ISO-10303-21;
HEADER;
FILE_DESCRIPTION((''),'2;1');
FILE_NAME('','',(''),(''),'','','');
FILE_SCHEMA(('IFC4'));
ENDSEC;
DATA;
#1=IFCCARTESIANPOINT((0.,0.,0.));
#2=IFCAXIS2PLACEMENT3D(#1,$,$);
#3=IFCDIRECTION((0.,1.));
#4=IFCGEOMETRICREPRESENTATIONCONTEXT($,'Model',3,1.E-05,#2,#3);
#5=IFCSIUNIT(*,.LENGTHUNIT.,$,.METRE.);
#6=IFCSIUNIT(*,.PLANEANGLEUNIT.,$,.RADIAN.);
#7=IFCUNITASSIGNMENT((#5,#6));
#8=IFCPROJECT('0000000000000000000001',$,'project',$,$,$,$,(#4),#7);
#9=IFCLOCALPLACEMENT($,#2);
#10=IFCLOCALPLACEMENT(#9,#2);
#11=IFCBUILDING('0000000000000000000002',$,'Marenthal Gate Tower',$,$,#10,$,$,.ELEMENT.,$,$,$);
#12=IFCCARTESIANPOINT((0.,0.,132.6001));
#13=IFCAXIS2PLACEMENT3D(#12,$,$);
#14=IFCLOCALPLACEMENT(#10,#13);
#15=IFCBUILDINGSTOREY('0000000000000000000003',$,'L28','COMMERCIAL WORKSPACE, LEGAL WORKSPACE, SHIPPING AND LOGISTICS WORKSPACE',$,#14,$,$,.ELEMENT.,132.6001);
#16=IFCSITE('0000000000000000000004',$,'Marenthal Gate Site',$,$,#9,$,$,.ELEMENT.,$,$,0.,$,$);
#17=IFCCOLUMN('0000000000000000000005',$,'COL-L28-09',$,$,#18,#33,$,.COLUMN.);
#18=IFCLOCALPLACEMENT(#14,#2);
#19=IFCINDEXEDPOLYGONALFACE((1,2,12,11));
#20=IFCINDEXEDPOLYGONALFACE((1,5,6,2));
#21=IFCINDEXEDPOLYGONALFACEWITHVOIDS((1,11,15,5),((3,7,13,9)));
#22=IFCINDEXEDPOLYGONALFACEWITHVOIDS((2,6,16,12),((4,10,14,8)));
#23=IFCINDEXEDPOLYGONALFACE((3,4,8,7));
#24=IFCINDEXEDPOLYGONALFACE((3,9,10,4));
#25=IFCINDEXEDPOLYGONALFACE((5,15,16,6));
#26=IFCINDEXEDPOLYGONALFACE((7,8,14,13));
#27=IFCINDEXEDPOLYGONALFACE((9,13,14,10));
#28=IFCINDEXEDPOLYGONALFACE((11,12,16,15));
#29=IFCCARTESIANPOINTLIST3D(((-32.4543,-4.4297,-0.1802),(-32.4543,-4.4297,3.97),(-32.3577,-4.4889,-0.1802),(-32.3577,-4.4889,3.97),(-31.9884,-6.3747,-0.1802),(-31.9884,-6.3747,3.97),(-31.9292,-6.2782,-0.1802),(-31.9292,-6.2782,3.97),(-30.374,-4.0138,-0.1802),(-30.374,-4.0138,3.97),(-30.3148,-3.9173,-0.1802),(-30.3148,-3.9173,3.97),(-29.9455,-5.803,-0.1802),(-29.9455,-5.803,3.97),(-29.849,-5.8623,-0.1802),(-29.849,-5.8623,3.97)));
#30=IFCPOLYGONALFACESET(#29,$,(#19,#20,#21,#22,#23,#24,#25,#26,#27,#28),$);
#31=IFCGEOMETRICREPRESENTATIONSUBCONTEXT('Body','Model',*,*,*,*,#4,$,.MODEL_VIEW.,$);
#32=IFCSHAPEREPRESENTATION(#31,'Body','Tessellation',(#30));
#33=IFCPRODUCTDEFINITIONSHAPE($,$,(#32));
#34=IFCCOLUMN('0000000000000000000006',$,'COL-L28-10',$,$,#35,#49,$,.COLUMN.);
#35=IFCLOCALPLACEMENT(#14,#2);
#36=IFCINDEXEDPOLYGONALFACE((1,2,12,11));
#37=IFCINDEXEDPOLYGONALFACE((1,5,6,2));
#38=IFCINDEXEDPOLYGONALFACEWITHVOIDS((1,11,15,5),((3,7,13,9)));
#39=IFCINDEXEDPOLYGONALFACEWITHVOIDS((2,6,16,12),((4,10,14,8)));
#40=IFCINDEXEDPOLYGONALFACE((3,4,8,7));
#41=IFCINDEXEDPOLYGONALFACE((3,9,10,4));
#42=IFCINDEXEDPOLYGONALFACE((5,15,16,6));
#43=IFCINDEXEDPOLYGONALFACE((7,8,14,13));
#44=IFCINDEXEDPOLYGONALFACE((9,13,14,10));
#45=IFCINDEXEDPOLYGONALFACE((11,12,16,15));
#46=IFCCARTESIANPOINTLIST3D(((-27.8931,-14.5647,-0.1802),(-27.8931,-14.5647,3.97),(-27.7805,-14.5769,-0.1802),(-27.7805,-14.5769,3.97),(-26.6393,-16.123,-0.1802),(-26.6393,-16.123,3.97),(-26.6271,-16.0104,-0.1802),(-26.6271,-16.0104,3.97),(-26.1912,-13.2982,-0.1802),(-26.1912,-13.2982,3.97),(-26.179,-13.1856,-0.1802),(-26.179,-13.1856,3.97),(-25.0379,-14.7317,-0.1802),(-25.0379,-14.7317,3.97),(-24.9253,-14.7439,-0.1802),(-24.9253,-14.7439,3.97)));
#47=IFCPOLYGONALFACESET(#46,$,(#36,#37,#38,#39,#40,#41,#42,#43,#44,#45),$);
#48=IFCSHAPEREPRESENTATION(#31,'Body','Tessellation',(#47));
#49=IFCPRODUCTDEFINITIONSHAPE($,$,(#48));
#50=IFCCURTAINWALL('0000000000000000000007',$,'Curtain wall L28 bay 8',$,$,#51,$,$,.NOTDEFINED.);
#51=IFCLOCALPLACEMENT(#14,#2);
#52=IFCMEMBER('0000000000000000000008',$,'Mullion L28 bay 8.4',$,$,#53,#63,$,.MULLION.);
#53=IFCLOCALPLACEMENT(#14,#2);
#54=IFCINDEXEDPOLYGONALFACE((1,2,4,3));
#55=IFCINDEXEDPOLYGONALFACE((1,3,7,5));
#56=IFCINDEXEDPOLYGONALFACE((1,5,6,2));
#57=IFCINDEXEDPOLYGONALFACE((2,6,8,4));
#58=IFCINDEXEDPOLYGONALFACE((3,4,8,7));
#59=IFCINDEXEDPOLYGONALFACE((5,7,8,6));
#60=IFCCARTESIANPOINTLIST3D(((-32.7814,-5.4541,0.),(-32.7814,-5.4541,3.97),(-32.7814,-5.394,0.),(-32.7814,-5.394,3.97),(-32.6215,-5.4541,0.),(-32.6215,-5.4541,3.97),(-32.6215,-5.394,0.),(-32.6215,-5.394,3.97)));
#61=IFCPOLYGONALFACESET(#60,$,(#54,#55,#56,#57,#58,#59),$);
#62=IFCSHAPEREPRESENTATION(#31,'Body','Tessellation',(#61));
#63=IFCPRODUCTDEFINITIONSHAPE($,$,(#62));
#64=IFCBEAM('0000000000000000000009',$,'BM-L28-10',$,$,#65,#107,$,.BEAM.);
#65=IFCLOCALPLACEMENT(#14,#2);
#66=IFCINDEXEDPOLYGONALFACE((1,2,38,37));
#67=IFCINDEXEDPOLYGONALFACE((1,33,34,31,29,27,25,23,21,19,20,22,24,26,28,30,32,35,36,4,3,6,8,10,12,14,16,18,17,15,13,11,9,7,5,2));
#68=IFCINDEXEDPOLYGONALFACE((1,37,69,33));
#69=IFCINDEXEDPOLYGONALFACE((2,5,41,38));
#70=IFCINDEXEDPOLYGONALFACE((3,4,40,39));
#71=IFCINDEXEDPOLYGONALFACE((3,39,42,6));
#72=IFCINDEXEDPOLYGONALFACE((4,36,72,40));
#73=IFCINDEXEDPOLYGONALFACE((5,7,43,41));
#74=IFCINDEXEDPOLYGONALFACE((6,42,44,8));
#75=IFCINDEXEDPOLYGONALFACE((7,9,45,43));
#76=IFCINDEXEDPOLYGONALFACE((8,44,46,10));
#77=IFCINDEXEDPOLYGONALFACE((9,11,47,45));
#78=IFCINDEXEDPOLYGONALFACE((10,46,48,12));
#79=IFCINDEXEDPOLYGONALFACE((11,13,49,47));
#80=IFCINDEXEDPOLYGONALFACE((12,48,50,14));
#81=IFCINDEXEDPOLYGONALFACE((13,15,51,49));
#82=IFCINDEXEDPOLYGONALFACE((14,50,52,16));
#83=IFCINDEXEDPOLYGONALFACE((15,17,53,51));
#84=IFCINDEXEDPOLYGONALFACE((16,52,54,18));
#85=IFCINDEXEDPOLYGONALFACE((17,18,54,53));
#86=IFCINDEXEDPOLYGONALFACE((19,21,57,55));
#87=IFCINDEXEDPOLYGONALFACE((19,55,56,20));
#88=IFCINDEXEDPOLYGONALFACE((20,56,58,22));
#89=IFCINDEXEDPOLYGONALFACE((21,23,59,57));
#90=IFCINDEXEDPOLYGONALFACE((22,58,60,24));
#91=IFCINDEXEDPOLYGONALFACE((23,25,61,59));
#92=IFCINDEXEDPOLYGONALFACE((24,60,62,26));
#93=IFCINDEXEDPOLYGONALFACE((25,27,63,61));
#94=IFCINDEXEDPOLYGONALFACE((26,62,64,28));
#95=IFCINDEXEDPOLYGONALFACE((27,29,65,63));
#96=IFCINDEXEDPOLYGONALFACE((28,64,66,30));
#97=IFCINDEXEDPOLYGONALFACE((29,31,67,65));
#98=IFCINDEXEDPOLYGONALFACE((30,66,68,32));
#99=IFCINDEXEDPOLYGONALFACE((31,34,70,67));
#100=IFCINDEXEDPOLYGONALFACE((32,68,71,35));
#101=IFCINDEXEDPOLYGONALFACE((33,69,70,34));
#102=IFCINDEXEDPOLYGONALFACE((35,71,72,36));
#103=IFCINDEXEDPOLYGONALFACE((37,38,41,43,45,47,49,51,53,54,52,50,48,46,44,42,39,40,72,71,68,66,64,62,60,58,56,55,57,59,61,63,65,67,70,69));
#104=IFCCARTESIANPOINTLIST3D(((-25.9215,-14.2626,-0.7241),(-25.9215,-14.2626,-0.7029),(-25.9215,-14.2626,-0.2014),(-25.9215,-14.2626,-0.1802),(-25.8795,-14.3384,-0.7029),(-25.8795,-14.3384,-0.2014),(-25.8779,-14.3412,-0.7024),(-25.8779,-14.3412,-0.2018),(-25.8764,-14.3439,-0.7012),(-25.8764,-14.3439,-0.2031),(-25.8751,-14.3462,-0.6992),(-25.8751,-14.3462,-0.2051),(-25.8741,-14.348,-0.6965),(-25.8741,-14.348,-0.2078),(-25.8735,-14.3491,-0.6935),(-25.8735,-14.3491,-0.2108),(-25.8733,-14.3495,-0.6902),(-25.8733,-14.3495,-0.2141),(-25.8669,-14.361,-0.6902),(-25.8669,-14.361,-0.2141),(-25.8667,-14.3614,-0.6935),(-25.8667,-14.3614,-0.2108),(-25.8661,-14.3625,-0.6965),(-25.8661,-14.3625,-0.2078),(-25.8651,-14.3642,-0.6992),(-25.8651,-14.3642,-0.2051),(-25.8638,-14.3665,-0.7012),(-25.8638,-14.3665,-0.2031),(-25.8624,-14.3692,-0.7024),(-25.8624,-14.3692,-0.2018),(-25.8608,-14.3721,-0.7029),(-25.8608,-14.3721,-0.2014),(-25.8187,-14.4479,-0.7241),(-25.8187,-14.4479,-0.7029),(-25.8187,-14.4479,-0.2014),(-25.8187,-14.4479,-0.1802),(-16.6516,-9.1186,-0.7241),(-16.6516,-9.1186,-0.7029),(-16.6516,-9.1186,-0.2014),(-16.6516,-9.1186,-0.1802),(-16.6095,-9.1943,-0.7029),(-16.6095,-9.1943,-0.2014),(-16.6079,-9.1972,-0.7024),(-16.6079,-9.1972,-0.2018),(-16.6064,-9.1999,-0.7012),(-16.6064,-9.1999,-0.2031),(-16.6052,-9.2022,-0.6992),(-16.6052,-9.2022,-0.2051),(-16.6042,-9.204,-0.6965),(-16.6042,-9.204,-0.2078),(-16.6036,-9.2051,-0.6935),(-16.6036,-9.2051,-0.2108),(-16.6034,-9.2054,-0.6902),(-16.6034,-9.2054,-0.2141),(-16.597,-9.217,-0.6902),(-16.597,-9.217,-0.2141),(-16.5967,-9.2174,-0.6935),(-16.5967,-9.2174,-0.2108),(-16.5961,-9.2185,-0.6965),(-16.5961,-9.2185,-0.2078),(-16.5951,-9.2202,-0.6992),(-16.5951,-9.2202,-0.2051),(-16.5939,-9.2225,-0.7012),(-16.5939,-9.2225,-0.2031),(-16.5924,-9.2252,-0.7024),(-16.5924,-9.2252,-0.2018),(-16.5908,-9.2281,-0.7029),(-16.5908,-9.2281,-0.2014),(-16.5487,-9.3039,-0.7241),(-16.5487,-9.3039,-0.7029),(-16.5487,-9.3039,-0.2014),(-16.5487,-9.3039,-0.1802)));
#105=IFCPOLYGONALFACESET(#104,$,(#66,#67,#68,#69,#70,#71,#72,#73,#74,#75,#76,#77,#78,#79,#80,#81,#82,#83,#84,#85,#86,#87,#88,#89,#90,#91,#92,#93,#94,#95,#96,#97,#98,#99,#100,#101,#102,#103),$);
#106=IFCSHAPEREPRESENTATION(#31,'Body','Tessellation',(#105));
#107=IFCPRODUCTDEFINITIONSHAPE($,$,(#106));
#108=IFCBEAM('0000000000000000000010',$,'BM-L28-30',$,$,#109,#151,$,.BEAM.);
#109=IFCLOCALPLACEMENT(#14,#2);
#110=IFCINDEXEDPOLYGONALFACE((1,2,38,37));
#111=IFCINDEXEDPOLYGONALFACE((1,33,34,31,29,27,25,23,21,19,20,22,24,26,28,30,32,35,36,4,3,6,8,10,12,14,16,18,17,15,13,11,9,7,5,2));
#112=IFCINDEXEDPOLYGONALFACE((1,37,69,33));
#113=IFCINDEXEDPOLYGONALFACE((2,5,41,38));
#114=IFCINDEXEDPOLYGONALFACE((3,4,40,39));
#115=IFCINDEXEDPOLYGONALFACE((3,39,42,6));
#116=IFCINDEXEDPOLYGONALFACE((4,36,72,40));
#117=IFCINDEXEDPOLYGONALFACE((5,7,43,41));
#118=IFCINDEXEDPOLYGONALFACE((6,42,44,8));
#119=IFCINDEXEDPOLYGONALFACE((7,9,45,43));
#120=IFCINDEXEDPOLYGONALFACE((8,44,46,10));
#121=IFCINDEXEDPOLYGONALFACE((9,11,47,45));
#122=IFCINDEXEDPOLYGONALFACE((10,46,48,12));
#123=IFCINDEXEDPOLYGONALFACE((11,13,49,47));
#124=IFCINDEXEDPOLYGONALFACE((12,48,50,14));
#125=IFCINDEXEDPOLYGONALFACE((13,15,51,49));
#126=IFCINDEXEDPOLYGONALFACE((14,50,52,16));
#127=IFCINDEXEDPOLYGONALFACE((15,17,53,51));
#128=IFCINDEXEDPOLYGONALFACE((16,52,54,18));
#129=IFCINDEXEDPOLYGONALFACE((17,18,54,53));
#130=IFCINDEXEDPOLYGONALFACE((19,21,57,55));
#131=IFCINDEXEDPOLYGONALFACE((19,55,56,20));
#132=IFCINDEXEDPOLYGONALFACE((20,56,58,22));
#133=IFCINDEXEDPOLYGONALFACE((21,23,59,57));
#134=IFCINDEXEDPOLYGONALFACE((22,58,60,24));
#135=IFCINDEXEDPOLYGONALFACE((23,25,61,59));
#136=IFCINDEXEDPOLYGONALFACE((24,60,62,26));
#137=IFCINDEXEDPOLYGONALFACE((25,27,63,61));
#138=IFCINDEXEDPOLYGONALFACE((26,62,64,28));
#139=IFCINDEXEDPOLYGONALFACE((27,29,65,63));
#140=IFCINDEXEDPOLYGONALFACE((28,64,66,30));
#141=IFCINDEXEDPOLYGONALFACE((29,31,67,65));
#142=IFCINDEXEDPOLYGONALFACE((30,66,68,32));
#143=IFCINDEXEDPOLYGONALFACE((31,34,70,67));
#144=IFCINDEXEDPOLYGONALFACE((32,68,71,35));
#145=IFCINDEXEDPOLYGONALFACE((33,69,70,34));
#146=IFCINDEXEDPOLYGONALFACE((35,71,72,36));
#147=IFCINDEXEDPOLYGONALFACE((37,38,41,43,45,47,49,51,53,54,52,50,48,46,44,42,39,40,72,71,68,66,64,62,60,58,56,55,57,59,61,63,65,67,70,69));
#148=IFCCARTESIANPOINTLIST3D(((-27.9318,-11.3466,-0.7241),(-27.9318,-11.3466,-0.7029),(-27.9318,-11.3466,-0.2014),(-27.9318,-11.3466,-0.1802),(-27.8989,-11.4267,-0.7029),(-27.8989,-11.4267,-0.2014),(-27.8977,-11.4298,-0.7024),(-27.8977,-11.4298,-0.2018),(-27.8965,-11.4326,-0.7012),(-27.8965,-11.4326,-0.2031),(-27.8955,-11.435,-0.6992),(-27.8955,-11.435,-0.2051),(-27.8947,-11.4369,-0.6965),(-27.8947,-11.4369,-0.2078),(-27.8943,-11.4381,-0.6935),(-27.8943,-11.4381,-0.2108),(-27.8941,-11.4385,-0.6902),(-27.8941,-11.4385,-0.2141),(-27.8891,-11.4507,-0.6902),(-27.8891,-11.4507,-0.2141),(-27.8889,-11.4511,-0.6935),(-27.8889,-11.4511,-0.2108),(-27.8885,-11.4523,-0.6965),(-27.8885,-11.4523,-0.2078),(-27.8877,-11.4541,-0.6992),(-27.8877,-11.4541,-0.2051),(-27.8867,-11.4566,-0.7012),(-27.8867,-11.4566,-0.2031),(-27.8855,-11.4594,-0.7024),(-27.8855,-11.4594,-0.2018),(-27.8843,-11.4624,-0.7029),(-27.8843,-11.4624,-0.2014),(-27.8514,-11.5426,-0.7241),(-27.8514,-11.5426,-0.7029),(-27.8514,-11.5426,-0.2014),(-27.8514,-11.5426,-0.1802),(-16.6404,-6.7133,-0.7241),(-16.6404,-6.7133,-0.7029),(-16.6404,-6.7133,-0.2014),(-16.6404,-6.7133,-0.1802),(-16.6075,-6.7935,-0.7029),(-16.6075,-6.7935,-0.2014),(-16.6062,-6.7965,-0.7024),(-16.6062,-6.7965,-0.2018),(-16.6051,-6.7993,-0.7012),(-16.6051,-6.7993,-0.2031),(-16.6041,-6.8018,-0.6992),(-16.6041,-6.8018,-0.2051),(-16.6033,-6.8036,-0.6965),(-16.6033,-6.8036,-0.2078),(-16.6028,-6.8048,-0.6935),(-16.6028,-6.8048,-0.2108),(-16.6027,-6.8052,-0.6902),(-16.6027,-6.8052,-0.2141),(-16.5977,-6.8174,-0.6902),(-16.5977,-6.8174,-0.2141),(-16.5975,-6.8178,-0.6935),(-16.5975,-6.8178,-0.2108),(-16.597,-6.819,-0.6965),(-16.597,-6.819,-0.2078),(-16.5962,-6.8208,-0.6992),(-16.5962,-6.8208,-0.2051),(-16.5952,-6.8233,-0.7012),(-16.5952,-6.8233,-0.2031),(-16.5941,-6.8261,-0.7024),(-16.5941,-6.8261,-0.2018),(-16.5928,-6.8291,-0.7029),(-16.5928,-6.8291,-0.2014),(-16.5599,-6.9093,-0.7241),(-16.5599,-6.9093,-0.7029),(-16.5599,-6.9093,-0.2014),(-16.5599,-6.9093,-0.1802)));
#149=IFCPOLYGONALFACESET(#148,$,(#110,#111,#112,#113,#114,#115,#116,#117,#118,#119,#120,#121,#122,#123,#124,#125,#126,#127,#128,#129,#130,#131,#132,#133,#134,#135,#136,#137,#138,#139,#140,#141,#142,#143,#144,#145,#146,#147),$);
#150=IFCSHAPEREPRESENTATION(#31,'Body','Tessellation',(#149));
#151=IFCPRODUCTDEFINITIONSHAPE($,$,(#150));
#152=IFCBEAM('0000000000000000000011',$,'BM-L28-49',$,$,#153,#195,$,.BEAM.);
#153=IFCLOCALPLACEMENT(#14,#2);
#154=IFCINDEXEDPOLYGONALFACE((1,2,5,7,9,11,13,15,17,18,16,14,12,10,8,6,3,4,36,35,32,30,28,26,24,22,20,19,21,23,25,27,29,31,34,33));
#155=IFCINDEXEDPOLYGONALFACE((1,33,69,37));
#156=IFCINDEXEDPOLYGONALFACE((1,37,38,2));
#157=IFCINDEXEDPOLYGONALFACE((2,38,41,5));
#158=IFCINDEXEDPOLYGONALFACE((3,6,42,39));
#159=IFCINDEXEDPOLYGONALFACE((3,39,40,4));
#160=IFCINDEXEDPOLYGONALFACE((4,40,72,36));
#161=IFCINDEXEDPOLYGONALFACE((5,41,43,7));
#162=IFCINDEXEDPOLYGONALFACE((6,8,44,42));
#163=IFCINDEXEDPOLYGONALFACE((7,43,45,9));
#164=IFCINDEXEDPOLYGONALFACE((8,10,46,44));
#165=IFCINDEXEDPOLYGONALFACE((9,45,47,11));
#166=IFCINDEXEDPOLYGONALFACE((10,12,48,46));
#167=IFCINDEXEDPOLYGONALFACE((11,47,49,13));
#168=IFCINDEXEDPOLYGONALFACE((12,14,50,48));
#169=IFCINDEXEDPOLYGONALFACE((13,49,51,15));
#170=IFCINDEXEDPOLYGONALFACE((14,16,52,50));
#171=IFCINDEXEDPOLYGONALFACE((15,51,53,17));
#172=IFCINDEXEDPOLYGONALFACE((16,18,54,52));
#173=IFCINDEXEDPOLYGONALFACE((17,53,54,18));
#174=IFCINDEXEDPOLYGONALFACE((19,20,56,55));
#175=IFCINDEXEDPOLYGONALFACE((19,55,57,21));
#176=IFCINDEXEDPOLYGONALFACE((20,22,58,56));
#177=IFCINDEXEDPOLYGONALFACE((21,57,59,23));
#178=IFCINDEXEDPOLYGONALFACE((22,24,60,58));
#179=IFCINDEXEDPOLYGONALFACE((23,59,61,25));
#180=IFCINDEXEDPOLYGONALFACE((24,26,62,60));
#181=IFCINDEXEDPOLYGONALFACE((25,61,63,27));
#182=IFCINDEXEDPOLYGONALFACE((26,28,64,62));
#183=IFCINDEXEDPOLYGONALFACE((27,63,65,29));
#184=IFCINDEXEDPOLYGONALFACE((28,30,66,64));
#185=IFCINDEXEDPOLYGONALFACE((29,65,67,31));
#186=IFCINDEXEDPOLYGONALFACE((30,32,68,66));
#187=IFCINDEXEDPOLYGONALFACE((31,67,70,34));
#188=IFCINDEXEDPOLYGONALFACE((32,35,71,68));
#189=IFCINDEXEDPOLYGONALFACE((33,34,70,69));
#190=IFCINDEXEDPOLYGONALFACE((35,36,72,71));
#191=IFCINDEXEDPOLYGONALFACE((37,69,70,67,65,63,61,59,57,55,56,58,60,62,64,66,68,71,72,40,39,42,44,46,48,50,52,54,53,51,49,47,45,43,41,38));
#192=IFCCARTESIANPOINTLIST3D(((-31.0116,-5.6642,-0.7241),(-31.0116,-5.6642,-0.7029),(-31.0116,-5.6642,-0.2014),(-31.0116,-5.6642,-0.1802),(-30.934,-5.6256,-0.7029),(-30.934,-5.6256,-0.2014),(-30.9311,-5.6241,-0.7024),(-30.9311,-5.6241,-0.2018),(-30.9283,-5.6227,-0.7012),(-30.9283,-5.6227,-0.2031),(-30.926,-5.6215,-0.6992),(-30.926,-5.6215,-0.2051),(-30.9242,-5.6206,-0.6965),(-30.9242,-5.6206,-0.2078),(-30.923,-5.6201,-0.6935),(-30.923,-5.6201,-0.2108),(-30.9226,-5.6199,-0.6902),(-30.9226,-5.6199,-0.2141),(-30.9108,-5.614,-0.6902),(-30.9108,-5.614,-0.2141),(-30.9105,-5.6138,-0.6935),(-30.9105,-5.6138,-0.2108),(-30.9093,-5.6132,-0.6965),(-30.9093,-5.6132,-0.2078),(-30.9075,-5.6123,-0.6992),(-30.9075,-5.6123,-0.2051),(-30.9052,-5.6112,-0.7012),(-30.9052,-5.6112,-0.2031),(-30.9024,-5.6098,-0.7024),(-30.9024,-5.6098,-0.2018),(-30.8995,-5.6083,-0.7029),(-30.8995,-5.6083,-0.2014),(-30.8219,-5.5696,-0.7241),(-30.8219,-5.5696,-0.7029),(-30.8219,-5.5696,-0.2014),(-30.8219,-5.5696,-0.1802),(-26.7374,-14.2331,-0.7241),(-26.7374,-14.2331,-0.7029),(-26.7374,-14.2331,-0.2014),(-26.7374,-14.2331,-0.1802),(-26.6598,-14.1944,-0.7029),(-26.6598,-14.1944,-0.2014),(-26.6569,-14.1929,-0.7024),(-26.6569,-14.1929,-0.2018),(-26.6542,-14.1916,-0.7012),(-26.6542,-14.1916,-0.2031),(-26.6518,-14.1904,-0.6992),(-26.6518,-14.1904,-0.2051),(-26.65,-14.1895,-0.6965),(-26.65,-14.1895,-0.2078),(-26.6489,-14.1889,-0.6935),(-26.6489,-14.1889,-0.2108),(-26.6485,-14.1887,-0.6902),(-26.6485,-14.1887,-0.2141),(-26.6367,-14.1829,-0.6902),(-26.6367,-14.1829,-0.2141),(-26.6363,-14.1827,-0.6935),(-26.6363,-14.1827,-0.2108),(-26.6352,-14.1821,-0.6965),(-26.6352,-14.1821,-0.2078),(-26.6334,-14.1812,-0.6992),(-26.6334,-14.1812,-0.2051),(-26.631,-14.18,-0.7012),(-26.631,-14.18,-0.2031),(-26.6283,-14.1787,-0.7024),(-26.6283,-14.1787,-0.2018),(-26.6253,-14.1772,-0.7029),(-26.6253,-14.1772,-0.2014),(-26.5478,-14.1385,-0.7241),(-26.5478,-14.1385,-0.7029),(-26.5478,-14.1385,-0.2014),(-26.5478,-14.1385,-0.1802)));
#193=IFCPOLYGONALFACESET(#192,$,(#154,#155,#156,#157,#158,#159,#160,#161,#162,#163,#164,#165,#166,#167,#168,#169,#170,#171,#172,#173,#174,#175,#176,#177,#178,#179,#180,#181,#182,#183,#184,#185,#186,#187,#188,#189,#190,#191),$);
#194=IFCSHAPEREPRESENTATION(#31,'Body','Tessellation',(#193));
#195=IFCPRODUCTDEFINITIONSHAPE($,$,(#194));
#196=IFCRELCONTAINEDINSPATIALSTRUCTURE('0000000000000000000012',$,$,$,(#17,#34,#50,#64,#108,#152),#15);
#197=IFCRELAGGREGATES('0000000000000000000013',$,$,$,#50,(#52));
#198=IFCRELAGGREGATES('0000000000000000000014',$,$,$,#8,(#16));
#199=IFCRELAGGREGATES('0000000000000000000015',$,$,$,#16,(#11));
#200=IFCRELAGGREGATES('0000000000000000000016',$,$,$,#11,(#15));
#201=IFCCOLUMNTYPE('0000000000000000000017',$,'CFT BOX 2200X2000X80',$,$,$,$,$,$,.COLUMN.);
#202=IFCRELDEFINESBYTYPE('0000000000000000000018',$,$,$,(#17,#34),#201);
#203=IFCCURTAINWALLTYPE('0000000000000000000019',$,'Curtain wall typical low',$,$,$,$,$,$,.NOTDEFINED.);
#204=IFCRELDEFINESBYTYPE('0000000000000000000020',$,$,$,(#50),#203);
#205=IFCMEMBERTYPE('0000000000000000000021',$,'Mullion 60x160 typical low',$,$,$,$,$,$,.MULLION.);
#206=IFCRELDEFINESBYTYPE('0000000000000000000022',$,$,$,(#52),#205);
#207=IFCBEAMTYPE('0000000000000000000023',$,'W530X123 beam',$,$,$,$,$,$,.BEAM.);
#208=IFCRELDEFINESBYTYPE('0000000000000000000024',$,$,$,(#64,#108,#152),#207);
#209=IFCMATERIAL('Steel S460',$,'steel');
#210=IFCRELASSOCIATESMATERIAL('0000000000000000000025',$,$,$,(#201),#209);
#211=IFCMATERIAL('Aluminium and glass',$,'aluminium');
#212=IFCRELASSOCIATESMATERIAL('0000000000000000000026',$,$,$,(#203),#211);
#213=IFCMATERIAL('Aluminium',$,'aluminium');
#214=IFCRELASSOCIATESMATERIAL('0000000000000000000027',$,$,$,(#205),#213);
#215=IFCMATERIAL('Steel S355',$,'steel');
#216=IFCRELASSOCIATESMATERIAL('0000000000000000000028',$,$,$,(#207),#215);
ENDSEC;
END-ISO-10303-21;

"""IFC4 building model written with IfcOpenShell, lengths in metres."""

from ifc_helpers import new_model, si_unit, direction, frame, origin, origin_2d, place, context, subcontext, project, spatial, rectangle, hollow_rectangle, i_section, extrude, material, material_profile, profile_set, type_object, element, aggregate, save


model = new_model("IFC4")

# Units and contexts
model_context = context("Model", 3, precision=1e-05, world=origin(), true_north=direction((0.0, 1.0)))
body_context = subcontext(model_context, "Body", "Model", "MODEL_VIEW")
ifc_project = project(units=[si_unit("LENGTHUNIT", "METRE"), si_unit("PLANEANGLEUNIT", "RADIAN")], contexts=[model_context])

# Site, building, storey
site_placement = place(None, origin())
site = spatial("IfcSite", under=ifc_project, at=site_placement, Name="Marenthal Gate Site", CompositionType="ELEMENT", RefElevation=0.0)
building_placement = place(site_placement, origin())
building = spatial("IfcBuilding", under=site, at=building_placement, Name="Marenthal Gate Tower", CompositionType="ELEMENT")
storey_placement = place(building_placement, frame((0.0, 0.0, 132.6001)))
storey = spatial("IfcBuildingStorey", under=building, at=storey_placement, Name="L28", Description="COMMERCIAL WORKSPACE, LEGAL WORKSPACE, SHIPPING AND LOGISTICS WORKSPACE", CompositionType="ELEMENT", Elevation=132.6001)

# Columns
ifc_material_1 = material(Name="Steel S460", Category="steel")
ifc_material_profile_1 = material_profile(ifc_material_1, hollow_rectangle(XDim=2.0, YDim=2.2, WallThickness=0.0801, at=origin_2d()), Name="CFT BOX 2200X2000X80")
ifc_material_2 = material(Name="Concrete 70 MPa", Category="concrete")
ifc_material_profile_2 = material_profile(ifc_material_2, rectangle(XDim=1.8401, YDim=2.04, at=origin_2d()), Name="CFT BOX 2200X2000X80 INFILL")
ifc_profile_set_1 = profile_set([ifc_material_profile_1, ifc_material_profile_2], Name="Steel S460 shell, Concrete 70 MPa infill")
column_type = type_object("IfcColumnType", Name="CFT BOX 2200X2000X80", PredefinedType="COLUMN", material=ifc_profile_set_1)
for number, where, z_axis, x_axis, name in (
    (1, (-31.1516, -5.146, -0.1802), (0.0, 0.0, 1.0), (-0.232933, 0.972493, 0.0), "COL-L28-09"),
    (2, (-26.4092, -14.6543, -0.1802), (0.0, 0.0, 1.0), (-0.626873, 0.779121, 0.0), "COL-L28-10"),
):
    element("IfcColumn", number, at=place(storey_placement, frame(where, z_axis=z_axis, x_axis=x_axis)), inside=storey, type_object=column_type, Name=name, PredefinedType="COLUMN", context=body_context, shape_type="SweptSolid", body=[
        extrude(hollow_rectangle(XDim=2.0, YDim=2.2, WallThickness=0.0801, at=origin_2d()), origin(), (0.0, 0.0, 1.0), 4.1501),
    ])

# Curtain wall, member
ifc_material_3 = material(Name="Aluminium and glass", Category="aluminium")
curtain_wall_type = type_object("IfcCurtainWallType", Name="Curtain wall typical low", PredefinedType="NOTDEFINED", material=ifc_material_3)
curtain_wall_placement = place(storey_placement, origin())
curtain_wall = element("IfcCurtainWall", 3, at=curtain_wall_placement, inside=storey, type_object=curtain_wall_type, Name="Curtain wall L28 bay 8", PredefinedType="NOTDEFINED")
ifc_material_4 = material(Name="Aluminium", Category="aluminium")
ifc_material_profile_3 = material_profile(ifc_material_4, rectangle(XDim=0.1599, YDim=0.0601, at=origin_2d()), Name="60x160 aluminium mullion")
ifc_profile_set_2 = profile_set([ifc_material_profile_3], Name="Aluminium")
member_type = type_object("IfcMemberType", Name="Mullion 60x160 typical low", PredefinedType="MULLION", material=ifc_profile_set_2)
member_placement = place(storey_placement, frame((-32.7014, -5.4241, 0.0), z_axis=(0.0, 0.0, 1.0), x_axis=(1.0, 0.0, 0.0)))
member = element("IfcMember", 4, at=member_placement, type_object=member_type, Name="Mullion L28 bay 8.4", PredefinedType="MULLION", context=body_context, shape_type="SweptSolid", body=[
    extrude(rectangle(XDim=0.1599, YDim=0.0601, at=origin_2d()), origin(), (0.0, 0.0, 1.0), 3.97),
])

# Beams
ifc_material_5 = material(Name="Steel S355", Category="steel")
ifc_material_profile_4 = material_profile(ifc_material_5, i_section(OverallWidth=0.2119, OverallDepth=0.5439, WebThickness=0.0132, FlangeThickness=0.0212, FilletRadius=0.0127, at=origin_2d()), Name="W530X123")
ifc_profile_set_3 = profile_set([ifc_material_profile_4], Name="Steel S355")
beam_type_1 = type_object("IfcBeamType", Name="W530X123 beam", PredefinedType="BEAM", material=ifc_profile_set_3)
beam_1_placement = place(storey_placement, frame((-25.8701, -14.3552, -0.4521), z_axis=(0.874396, 0.485213, 0.0), x_axis=(-0.485213, 0.874396, 0.0)))
element("IfcBeam", 5, at=beam_1_placement, inside=storey, type_object=beam_type_1, Name="BM-L28-10", PredefinedType="BEAM", context=body_context, shape_type="SweptSolid", body=[
    extrude(i_section(OverallWidth=0.2119, OverallDepth=0.5439, WebThickness=0.0132, FlangeThickness=0.0212, FilletRadius=0.0127, at=origin_2d()), origin(), (0.0, 0.0, 1.0), 10.6016),
])
beam_2_placement = place(storey_placement, frame((-27.8916, -11.4446, -0.4521), z_axis=(0.925143, 0.379619, 0.0), x_axis=(-0.379619, 0.925143, 0.0)))
element("IfcBeam", 6, at=beam_2_placement, inside=storey, type_object=beam_type_1, Name="BM-L28-30", PredefinedType="BEAM", context=body_context, shape_type="SweptSolid", body=[
    extrude(i_section(OverallWidth=0.2119, OverallDepth=0.5439, WebThickness=0.0132, FlangeThickness=0.0212, FilletRadius=0.0127, at=origin_2d()), origin(), (0.0, 0.0, 1.0), 12.2051),
])
beam_3_placement = place(storey_placement, frame((-30.9167, -5.6169, -0.4521), z_axis=(0.446357, -0.894855, 0.0), x_axis=(0.894855, 0.446357, 0.0)))
element("IfcBeam", 7, at=beam_3_placement, inside=storey, type_object=beam_type_1, Name="BM-L28-49", PredefinedType="BEAM", context=body_context, shape_type="SweptSolid", body=[
    extrude(i_section(OverallWidth=0.2119, OverallDepth=0.5439, WebThickness=0.0132, FlangeThickness=0.0212, FilletRadius=0.0127, at=origin_2d()), origin(), (0.0, 0.0, 1.0), 9.5757),
])

aggregate(curtain_wall, [member])

save(model, "model.ifc")
